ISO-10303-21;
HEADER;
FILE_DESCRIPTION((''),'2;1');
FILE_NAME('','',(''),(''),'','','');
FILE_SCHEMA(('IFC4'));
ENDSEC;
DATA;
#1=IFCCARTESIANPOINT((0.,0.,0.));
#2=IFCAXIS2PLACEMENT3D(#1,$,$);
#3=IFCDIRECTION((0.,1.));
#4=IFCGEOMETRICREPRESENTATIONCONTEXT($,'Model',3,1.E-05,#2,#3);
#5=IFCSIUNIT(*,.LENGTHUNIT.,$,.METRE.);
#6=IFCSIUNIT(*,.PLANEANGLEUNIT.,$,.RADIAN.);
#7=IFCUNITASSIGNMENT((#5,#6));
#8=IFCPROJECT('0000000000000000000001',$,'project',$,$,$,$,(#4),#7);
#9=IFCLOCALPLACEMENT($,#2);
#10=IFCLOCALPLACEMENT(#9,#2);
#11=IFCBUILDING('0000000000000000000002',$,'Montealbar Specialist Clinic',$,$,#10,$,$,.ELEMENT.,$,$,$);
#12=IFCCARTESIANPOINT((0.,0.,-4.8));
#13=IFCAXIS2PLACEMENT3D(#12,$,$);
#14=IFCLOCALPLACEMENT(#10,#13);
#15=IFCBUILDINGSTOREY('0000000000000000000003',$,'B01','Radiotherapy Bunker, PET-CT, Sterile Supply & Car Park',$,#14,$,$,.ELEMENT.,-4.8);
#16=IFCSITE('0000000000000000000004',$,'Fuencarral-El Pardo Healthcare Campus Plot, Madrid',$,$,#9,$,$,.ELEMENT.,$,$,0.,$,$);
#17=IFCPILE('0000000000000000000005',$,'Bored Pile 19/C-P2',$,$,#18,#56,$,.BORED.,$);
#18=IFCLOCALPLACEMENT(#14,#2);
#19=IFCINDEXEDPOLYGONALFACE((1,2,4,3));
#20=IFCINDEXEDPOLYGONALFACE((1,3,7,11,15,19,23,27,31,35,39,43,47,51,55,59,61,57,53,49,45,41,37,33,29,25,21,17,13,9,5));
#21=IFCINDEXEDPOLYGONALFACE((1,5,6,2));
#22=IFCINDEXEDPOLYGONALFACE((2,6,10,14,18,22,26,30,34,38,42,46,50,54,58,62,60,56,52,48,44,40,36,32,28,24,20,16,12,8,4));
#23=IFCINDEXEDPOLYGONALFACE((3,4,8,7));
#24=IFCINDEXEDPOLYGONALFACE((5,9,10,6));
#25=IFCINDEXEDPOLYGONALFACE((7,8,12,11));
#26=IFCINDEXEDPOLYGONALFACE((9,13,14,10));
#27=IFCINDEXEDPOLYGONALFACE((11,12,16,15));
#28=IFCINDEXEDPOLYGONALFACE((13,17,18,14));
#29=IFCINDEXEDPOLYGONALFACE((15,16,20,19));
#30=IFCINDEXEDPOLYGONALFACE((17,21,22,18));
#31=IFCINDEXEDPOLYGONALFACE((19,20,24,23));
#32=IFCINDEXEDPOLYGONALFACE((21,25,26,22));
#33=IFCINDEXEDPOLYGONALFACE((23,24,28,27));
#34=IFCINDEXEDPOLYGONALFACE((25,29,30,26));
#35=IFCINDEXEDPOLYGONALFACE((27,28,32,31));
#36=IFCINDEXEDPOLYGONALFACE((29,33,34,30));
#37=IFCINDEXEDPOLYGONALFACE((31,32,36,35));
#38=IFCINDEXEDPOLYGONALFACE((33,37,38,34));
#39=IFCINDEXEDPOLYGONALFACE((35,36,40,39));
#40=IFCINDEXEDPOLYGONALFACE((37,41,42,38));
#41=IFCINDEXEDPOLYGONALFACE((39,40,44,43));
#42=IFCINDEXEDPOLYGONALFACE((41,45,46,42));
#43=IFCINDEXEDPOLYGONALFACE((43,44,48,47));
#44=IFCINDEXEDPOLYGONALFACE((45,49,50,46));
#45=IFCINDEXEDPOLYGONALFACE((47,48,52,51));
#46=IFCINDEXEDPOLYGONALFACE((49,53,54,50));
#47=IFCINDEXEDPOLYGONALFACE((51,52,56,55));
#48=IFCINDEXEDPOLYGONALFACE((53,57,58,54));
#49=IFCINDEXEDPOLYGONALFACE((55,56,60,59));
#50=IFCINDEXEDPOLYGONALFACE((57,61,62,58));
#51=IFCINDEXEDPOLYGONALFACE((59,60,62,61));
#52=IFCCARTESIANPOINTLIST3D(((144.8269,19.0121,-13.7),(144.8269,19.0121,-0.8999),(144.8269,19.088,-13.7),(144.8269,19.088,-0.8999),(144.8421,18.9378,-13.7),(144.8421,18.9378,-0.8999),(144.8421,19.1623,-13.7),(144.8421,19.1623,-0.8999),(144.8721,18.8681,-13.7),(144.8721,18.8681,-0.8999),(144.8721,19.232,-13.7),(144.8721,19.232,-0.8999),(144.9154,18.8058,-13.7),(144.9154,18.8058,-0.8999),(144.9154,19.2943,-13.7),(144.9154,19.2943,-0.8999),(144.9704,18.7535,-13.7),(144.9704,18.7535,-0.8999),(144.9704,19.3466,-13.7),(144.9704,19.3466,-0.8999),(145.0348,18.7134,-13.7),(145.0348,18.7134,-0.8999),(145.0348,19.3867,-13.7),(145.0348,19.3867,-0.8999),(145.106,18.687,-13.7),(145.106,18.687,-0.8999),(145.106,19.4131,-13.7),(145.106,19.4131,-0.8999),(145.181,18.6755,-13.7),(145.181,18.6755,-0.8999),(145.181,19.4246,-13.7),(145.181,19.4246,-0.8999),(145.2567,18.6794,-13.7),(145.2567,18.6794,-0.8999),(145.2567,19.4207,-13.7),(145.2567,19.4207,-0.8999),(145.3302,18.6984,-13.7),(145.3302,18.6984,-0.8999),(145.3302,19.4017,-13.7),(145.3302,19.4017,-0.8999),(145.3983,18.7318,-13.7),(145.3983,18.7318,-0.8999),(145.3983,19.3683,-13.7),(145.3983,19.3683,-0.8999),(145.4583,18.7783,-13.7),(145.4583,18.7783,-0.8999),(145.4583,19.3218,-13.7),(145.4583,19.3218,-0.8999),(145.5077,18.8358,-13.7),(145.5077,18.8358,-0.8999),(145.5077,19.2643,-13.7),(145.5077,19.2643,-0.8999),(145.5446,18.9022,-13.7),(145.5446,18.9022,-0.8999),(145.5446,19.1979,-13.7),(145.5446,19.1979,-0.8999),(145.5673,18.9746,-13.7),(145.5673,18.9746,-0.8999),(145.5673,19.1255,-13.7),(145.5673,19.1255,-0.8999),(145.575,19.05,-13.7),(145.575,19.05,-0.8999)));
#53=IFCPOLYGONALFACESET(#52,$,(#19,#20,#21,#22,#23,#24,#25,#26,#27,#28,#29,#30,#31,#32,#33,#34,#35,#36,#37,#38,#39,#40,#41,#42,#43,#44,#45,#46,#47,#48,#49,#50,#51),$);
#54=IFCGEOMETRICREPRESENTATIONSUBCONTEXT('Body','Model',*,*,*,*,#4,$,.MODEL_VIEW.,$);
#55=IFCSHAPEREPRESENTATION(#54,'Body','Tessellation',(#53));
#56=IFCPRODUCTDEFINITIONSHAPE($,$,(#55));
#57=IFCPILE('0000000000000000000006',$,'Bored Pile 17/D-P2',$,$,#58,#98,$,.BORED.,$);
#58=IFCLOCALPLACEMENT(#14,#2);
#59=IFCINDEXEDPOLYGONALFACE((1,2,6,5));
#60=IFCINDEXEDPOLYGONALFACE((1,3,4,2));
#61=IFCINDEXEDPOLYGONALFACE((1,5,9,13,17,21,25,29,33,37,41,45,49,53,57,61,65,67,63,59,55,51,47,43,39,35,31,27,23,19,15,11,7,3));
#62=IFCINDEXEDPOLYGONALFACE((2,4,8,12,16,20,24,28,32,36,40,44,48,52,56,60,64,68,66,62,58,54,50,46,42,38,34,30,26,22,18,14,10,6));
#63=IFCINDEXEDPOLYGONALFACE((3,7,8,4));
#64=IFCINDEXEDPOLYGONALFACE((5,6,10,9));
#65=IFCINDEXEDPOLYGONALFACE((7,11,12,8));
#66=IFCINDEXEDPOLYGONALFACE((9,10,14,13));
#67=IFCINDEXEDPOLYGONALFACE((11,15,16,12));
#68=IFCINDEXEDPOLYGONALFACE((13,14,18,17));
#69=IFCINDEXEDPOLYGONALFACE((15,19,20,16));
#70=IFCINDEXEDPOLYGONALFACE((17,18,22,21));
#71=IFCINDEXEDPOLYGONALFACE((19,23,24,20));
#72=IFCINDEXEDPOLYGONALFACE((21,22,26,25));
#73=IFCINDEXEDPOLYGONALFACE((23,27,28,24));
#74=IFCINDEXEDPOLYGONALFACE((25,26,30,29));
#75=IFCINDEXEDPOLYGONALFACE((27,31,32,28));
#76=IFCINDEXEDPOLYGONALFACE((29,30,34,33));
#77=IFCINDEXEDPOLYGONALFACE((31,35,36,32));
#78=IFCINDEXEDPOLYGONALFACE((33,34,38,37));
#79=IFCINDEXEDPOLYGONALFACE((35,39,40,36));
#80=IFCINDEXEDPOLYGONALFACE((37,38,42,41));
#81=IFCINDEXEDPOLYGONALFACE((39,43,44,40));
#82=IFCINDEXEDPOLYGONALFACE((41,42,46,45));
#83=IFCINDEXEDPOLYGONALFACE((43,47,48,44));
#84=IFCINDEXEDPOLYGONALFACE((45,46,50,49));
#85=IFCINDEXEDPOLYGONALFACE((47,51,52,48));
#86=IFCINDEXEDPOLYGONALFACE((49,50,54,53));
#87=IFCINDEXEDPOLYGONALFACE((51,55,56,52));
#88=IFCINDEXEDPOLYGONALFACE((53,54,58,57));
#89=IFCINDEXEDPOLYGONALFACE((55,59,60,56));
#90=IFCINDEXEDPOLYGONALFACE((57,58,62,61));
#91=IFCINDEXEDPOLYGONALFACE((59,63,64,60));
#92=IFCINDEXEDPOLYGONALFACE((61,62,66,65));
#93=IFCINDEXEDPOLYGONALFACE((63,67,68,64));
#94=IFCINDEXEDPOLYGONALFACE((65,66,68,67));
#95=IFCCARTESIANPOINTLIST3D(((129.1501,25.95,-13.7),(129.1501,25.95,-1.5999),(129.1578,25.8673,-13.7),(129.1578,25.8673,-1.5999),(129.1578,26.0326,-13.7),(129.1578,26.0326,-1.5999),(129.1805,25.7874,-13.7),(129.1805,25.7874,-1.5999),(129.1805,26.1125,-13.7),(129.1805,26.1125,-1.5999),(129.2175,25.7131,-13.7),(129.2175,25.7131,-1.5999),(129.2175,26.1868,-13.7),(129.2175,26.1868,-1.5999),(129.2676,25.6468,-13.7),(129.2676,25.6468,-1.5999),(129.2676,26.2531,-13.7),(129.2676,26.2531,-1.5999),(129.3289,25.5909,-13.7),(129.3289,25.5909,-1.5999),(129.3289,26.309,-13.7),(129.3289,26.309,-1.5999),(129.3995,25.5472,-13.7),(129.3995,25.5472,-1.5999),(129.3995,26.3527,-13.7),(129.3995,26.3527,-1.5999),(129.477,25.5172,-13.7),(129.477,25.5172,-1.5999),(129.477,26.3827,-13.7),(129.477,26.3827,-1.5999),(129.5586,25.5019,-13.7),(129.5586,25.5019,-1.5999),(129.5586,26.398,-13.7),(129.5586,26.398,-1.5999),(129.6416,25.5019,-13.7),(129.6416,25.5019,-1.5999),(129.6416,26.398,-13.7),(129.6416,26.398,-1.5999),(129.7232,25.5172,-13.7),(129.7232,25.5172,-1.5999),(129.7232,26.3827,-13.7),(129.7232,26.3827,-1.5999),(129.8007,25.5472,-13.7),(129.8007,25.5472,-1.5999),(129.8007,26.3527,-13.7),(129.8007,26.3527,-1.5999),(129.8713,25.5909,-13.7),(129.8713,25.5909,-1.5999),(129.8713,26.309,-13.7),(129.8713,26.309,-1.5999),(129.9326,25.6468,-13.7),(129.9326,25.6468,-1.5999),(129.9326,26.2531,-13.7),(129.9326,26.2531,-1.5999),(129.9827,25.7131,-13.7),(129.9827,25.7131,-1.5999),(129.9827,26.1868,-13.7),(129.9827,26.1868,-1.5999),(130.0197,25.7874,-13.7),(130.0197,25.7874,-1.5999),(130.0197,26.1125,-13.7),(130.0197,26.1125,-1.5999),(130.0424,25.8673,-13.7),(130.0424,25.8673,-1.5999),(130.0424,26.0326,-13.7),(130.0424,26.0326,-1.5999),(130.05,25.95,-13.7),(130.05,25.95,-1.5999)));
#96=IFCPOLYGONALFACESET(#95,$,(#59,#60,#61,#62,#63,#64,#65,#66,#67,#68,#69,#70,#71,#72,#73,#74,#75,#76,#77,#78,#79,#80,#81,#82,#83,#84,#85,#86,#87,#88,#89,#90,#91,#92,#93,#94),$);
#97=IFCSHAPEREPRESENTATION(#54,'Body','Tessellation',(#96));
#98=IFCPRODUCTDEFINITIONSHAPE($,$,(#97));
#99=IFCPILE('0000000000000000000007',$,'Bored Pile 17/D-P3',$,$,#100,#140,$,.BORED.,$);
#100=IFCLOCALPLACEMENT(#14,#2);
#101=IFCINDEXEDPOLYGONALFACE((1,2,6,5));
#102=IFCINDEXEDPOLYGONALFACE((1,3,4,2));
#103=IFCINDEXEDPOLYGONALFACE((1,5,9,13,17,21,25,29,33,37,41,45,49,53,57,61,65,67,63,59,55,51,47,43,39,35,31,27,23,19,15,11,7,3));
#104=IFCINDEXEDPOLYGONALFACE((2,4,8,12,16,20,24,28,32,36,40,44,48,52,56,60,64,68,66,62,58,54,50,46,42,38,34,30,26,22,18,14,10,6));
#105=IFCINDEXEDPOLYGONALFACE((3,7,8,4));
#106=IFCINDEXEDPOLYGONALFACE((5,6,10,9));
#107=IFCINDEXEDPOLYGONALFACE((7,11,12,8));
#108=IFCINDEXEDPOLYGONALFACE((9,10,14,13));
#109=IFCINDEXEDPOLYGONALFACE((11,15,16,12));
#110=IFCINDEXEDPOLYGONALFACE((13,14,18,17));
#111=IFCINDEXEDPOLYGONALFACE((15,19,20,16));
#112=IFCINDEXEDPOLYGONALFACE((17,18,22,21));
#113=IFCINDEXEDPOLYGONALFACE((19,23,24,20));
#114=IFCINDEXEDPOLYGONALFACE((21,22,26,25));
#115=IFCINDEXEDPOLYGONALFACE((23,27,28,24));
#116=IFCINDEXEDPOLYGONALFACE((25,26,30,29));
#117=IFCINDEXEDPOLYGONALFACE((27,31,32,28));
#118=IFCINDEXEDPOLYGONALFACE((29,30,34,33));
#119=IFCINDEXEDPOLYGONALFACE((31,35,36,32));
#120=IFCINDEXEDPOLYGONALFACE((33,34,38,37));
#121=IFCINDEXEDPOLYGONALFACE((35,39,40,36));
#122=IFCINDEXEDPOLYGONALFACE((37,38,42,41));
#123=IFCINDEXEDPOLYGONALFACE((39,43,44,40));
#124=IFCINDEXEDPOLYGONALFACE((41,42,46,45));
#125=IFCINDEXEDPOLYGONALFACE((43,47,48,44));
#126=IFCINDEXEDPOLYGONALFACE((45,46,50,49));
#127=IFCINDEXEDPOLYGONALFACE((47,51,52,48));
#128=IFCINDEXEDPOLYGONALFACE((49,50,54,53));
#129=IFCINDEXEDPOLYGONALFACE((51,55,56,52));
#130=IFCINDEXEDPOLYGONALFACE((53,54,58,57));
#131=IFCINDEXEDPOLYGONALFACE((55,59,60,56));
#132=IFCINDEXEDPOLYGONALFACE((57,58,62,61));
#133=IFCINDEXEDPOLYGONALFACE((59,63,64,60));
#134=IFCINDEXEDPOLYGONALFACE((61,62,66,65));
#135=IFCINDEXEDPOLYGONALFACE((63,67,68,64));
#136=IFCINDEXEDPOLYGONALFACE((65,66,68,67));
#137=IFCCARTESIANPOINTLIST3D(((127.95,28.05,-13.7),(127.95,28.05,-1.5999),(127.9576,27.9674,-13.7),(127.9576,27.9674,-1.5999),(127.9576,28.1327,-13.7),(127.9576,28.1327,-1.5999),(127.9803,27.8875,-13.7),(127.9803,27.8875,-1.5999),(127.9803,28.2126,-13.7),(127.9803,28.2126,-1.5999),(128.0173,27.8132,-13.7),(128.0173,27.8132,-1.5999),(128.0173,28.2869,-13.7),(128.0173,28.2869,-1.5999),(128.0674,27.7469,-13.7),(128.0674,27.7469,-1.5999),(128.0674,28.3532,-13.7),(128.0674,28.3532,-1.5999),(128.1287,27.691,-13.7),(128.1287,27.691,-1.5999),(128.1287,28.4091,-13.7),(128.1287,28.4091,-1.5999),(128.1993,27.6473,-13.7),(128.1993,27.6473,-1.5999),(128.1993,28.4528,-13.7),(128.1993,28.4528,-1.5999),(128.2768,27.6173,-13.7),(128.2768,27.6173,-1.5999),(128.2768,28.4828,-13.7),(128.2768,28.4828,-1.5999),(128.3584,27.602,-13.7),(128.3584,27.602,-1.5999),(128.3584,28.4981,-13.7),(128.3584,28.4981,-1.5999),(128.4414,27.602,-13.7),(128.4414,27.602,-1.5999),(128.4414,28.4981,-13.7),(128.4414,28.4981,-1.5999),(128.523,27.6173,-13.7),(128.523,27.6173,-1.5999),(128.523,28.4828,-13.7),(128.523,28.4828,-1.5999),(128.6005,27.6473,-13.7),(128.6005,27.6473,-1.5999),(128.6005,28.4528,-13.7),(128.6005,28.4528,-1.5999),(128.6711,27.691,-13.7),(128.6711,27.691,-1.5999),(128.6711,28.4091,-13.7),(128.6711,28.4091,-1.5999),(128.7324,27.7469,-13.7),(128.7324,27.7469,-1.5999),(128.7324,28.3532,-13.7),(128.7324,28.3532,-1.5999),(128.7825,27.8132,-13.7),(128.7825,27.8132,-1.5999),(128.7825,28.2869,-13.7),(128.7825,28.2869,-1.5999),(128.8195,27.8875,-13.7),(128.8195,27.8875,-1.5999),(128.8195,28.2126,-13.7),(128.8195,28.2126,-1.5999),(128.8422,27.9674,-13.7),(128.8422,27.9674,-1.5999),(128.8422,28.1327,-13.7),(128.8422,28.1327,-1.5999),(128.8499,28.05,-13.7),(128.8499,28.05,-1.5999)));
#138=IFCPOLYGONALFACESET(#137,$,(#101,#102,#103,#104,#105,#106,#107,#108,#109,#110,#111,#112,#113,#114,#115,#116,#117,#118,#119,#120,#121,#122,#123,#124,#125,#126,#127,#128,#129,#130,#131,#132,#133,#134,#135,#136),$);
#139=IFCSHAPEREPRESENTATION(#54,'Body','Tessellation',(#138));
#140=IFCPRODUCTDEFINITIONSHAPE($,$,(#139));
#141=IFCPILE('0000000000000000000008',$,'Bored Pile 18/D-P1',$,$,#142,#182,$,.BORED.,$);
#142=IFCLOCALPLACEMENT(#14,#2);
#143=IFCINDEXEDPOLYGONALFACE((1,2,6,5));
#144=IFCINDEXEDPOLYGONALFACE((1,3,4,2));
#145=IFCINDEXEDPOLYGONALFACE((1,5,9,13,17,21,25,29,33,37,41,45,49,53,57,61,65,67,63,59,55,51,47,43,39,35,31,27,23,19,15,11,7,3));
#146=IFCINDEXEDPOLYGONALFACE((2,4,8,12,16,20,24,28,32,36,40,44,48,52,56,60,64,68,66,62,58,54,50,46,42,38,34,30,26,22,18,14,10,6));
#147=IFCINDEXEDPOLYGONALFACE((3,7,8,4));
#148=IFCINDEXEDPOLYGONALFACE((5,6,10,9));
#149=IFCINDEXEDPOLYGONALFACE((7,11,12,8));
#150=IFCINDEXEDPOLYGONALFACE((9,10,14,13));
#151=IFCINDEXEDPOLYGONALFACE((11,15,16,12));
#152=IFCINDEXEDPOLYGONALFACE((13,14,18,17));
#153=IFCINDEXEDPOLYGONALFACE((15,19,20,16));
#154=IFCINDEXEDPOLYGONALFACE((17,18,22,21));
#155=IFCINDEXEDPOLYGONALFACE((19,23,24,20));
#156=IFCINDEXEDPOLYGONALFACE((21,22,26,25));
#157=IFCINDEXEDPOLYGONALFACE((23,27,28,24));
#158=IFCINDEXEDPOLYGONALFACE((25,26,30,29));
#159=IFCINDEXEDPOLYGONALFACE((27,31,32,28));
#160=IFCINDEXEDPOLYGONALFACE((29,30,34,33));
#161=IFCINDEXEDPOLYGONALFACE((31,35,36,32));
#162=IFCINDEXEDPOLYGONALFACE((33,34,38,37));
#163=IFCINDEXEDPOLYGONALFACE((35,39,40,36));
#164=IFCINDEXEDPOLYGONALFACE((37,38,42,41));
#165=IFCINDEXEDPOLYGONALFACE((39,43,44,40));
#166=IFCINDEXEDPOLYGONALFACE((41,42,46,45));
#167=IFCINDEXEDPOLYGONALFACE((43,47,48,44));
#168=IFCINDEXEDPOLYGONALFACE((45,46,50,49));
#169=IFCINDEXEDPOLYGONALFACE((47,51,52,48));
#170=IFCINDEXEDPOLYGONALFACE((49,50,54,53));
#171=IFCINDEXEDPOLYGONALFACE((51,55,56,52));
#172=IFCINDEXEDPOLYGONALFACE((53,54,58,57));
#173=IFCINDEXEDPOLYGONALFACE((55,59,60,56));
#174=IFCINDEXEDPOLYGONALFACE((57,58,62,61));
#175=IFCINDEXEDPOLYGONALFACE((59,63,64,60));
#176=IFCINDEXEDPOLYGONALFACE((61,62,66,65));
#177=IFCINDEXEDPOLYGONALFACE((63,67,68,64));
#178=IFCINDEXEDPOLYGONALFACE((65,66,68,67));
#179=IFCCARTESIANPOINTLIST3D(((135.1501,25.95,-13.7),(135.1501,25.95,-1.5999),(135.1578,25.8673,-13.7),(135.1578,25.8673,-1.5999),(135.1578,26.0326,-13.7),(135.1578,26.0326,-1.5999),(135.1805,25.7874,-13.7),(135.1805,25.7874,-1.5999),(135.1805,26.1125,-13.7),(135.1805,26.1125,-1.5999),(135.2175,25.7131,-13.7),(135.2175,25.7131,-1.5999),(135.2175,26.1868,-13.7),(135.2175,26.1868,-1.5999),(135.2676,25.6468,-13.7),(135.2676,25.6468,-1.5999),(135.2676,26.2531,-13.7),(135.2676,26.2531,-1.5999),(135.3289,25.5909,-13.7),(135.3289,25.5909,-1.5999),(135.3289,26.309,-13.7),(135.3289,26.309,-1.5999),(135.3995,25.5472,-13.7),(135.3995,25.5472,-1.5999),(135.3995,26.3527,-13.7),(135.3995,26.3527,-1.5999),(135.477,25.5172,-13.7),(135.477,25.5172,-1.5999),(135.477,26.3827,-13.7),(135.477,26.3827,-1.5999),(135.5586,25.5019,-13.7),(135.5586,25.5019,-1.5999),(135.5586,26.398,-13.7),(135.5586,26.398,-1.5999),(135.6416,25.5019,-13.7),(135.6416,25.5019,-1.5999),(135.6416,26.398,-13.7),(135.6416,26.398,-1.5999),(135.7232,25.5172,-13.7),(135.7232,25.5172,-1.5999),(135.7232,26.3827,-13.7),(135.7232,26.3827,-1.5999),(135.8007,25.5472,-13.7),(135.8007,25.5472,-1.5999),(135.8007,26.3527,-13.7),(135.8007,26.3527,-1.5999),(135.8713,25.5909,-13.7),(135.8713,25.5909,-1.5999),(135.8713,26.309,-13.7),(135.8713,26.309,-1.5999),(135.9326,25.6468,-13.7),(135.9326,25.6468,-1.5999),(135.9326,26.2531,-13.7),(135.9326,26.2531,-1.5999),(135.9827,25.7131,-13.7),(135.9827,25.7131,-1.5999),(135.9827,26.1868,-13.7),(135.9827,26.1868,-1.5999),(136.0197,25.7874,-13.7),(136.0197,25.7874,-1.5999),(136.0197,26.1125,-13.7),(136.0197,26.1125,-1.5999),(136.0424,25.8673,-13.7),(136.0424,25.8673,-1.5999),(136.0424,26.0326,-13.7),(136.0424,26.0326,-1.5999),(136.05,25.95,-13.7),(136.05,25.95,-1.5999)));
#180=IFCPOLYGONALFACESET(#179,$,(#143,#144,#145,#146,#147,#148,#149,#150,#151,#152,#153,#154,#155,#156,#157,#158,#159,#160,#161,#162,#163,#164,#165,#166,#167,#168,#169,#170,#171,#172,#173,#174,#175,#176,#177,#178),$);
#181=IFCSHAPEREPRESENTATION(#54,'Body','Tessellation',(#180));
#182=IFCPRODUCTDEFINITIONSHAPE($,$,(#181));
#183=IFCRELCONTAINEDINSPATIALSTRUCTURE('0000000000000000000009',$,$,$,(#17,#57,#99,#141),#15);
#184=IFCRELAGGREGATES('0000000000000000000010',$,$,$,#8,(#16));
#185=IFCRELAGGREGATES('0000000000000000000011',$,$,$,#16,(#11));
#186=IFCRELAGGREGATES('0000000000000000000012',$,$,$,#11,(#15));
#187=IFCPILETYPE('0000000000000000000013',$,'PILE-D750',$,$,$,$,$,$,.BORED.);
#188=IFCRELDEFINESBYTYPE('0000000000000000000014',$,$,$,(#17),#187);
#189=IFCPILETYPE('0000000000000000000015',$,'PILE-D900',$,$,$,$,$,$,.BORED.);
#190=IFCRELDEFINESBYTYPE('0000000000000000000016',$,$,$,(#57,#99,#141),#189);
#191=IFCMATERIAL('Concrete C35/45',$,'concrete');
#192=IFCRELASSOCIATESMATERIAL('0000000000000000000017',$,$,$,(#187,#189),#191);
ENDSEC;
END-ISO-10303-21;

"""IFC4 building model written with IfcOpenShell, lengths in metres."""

from ifc_helpers import new_model, si_unit, direction, frame, origin, origin_2d, place, context, subcontext, project, spatial, circle, extrude, material, material_profile, profile_set, type_object, element, save


model = new_model("IFC4")

# Units and contexts
model_context = context("Model", 3, precision=1e-05, world=origin(), true_north=direction((0.0, 1.0)))
body_context = subcontext(model_context, "Body", "Model", "MODEL_VIEW")
ifc_project = project(units=[si_unit("LENGTHUNIT", "METRE"), si_unit("PLANEANGLEUNIT", "RADIAN")], contexts=[model_context])

# Site, building, storey
site_placement = place(None, origin())
site = spatial("IfcSite", under=ifc_project, at=site_placement, Name="Fuencarral-El Pardo Healthcare Campus Plot, Madrid", CompositionType="ELEMENT", RefElevation=0.0)
building_placement = place(site_placement, origin())
building = spatial("IfcBuilding", under=site, at=building_placement, Name="Montealbar Specialist Clinic", CompositionType="ELEMENT")
storey_placement = place(building_placement, frame((0.0, 0.0, -4.8)))
storey = spatial("IfcBuildingStorey", under=building, at=storey_placement, Name="B01", Description="Radiotherapy Bunker, PET-CT, Sterile Supply & Car Park", CompositionType="ELEMENT", Elevation=-4.8)

# Shared definitions
ifc_material_1 = material(Name="Concrete C35/45", Category="concrete")

# Piles
ifc_material_profile_1 = material_profile(ifc_material_1, circle(Radius=0.375, at=origin_2d()), Name="PILE D750", Category="concrete")
ifc_profile_set_1 = profile_set([ifc_material_profile_1], Name="Concrete C35/45")
pile_type_1 = type_object("IfcPileType", Name="PILE-D750", PredefinedType="BORED", material=ifc_profile_set_1)
for number, where, z_axis, x_axis, name in (
    (1, (145.2, 19.05, -0.8999), (0.0, 0.0, -1.0), (1.0, 0.0, 0.0), "Bored Pile 19/C-P2"),
):
    element("IfcPile", number, at=place(storey_placement, frame(where, z_axis=z_axis, x_axis=x_axis)), inside=storey, type_object=pile_type_1, Name=name, PredefinedType="BORED", context=body_context, shape_type="SweptSolid", body=[
        extrude(circle(Radius=0.375, at=origin_2d()), origin(), (0.0, 0.0, 1.0), 12.8),
    ])
ifc_material_profile_2 = material_profile(ifc_material_1, circle(Radius=0.45, at=origin_2d()), Name="PILE D900", Category="concrete")
ifc_profile_set_2 = profile_set([ifc_material_profile_2], Name="Concrete C35/45")
pile_type_2 = type_object("IfcPileType", Name="PILE-D900", PredefinedType="BORED", material=ifc_profile_set_2)
for number, where, z_axis, x_axis, name in (
    (2, (129.6001, 25.95, -1.5999), (0.0, 0.0, -1.0), (1.0, 0.0, 0.0), "Bored Pile 17/D-P2"),
    (3, (128.3999, 28.05, -1.5999), (0.0, 0.0, -1.0), (1.0, 0.0, 0.0), "Bored Pile 17/D-P3"),
    (4, (135.6001, 25.95, -1.5999), (0.0, 0.0, -1.0), (1.0, 0.0, 0.0), "Bored Pile 18/D-P1"),
):
    element("IfcPile", number, at=place(storey_placement, frame(where, z_axis=z_axis, x_axis=x_axis)), inside=storey, type_object=pile_type_2, Name=name, PredefinedType="BORED", context=body_context, shape_type="SweptSolid", body=[
        extrude(circle(Radius=0.45, at=origin_2d()), origin(), (0.0, 0.0, 1.0), 12.1001),
    ])

save(model, "model.ifc")
